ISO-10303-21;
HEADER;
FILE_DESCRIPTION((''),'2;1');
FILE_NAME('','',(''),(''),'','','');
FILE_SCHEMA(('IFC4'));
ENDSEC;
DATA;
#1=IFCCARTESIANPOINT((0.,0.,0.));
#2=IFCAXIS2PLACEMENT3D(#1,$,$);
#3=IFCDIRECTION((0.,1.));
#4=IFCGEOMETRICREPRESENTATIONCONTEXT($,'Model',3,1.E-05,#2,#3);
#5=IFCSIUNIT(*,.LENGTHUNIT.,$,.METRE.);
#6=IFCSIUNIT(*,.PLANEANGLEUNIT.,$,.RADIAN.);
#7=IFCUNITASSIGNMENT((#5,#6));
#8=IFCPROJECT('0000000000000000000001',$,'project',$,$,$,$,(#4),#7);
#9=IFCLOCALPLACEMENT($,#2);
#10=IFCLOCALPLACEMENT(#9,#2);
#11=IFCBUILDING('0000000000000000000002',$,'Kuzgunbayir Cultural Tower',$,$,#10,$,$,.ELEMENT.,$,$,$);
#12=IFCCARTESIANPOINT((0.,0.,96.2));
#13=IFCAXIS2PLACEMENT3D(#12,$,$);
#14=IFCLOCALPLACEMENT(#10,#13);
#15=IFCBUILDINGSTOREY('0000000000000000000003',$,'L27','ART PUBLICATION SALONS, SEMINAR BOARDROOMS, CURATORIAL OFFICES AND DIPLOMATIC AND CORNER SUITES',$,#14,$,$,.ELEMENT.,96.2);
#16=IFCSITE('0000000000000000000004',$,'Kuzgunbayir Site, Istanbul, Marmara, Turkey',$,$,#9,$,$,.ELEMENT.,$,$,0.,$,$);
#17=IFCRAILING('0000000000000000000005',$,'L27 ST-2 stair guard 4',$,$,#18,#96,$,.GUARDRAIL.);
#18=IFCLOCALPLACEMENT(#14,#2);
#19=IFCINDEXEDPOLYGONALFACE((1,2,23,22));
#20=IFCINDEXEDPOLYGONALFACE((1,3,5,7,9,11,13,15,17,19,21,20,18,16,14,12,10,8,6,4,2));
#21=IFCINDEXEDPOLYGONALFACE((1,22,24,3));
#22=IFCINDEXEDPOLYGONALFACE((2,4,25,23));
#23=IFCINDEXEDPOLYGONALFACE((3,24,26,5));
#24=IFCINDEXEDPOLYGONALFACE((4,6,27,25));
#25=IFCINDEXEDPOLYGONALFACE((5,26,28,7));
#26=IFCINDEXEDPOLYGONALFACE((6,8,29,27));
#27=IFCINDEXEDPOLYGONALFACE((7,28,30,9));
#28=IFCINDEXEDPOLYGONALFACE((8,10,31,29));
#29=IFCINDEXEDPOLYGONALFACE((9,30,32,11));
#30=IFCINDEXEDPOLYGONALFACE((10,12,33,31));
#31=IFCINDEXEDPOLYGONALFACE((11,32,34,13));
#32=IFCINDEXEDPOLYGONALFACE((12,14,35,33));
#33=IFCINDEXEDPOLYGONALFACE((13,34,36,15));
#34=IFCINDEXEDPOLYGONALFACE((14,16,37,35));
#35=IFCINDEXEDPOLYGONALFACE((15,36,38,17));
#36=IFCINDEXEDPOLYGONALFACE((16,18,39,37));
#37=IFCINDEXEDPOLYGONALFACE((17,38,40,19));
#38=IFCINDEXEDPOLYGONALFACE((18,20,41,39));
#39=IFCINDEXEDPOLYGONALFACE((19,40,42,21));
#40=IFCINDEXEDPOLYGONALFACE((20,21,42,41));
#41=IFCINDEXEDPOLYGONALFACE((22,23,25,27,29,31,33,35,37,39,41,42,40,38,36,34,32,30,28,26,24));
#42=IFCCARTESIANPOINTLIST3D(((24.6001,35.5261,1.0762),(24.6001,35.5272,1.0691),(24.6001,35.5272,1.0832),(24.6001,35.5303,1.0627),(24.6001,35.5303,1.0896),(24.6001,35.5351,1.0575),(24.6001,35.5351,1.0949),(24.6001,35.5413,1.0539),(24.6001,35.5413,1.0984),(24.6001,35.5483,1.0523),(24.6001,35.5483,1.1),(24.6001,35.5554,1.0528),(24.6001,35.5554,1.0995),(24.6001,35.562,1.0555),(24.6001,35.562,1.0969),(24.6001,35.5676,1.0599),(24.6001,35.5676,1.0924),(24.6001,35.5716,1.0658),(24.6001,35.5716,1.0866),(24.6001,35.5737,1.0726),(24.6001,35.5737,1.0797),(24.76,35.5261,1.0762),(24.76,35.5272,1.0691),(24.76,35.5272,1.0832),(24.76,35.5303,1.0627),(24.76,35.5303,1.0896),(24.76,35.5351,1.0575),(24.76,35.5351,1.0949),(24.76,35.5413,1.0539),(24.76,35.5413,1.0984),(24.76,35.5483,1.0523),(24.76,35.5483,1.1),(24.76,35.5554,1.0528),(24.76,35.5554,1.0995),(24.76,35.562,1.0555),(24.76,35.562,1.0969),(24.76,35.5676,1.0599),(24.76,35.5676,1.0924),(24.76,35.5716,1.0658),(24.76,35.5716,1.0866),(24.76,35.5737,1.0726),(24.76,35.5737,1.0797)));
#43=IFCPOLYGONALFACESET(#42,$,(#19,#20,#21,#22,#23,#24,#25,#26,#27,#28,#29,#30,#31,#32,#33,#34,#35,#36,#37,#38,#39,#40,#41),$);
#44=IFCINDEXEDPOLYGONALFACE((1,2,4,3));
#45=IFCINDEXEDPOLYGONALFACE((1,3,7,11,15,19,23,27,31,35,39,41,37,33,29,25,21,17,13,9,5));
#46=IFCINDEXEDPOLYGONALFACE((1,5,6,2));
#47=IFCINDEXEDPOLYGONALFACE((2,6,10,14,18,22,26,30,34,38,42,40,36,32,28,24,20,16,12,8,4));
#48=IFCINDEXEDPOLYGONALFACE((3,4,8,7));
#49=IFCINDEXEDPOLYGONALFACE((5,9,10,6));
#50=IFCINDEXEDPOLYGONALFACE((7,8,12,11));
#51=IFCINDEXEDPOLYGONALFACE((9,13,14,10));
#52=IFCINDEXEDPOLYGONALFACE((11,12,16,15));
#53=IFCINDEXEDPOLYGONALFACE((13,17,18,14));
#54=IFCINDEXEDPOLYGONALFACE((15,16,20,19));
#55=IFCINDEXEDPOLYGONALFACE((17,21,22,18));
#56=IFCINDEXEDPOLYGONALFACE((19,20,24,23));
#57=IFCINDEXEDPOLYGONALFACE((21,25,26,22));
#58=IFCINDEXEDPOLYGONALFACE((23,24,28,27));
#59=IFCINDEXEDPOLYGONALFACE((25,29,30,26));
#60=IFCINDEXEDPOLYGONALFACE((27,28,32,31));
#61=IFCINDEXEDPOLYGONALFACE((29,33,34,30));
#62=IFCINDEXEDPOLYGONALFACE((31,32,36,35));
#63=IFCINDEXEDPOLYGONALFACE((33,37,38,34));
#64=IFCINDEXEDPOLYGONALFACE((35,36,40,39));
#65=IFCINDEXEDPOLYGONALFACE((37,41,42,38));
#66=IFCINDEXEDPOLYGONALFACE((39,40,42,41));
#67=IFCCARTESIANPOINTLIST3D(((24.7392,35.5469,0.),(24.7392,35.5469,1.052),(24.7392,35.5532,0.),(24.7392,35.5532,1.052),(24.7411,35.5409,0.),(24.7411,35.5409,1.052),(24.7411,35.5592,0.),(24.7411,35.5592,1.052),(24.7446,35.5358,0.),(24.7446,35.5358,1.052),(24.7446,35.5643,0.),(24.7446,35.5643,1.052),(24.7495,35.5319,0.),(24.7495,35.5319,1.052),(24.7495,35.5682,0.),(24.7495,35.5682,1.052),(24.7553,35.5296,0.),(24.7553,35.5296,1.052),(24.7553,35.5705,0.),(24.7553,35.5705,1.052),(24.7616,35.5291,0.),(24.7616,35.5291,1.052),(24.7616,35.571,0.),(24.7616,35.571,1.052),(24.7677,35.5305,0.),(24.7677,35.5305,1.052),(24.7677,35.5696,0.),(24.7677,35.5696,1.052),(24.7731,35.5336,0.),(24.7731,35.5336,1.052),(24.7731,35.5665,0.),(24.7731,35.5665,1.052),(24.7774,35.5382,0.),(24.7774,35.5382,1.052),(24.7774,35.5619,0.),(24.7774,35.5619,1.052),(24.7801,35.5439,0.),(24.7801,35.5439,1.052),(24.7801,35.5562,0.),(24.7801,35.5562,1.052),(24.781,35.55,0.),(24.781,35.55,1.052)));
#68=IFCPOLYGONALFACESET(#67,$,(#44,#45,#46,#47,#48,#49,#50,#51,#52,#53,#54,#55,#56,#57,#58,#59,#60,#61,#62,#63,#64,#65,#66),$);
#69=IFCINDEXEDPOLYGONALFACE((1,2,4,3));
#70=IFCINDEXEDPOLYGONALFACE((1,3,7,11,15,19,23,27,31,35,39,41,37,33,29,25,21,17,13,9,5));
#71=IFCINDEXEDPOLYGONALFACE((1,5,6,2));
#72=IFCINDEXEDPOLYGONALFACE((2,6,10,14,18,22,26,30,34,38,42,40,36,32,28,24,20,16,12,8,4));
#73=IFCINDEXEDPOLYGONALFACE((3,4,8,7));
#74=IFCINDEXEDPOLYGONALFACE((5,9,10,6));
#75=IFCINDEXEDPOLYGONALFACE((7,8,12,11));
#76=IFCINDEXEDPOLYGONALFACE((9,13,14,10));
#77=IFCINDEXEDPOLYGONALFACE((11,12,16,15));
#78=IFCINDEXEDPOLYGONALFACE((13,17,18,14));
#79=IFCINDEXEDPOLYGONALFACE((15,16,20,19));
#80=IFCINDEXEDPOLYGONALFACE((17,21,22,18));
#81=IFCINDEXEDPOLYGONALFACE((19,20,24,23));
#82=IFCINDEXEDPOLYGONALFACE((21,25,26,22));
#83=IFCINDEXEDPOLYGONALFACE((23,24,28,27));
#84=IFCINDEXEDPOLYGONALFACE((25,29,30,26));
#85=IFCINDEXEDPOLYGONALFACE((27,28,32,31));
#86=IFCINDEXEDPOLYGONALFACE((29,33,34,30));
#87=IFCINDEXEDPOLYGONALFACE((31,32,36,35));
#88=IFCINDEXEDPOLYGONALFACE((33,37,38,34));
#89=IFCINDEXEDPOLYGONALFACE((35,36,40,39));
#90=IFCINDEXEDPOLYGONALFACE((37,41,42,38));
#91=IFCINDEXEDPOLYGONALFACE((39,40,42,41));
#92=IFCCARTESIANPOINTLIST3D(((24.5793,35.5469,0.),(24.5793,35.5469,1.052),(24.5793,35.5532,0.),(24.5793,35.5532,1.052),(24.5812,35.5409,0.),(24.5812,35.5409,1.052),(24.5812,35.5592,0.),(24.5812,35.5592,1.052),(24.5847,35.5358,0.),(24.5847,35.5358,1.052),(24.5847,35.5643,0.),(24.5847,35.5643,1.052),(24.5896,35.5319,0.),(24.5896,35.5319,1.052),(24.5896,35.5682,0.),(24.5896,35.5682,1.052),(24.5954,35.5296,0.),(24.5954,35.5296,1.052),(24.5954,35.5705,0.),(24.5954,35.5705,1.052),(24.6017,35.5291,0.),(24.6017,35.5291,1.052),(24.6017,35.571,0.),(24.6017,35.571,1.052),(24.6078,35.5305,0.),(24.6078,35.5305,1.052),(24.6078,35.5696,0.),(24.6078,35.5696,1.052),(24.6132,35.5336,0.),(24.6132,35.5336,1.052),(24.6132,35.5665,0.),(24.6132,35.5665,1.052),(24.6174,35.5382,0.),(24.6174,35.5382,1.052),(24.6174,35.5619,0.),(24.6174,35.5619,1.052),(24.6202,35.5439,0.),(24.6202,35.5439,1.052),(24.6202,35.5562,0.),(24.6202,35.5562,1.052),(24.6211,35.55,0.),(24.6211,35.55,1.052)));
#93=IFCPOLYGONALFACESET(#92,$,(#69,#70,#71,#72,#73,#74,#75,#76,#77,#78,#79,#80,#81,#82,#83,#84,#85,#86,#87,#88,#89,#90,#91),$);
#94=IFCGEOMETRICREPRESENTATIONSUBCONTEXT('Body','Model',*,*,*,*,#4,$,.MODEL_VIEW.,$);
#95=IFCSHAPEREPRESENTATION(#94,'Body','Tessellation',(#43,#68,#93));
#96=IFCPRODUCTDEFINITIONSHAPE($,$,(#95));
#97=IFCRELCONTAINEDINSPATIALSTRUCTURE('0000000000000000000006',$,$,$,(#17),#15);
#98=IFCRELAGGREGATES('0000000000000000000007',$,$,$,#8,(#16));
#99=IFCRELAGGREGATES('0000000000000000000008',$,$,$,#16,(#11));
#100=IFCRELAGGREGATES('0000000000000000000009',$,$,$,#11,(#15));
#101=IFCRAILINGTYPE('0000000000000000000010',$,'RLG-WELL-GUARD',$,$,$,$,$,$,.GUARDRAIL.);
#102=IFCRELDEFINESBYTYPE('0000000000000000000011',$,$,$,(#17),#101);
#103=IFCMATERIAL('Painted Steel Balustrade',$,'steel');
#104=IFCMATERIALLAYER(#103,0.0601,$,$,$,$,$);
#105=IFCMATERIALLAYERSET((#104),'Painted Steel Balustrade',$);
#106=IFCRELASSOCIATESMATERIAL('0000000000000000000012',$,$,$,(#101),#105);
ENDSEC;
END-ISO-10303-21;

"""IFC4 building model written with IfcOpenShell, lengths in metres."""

from ifc_helpers import new_model, si_unit, direction, frame, origin, origin_2d, place, context, subcontext, project, spatial, circle, extrude, material, layer, layer_set, type_object, element, save


model = new_model("IFC4")

# Units and contexts
model_context = context("Model", 3, precision=1e-05, world=origin(), true_north=direction((0.0, 1.0)))
body_context = subcontext(model_context, "Body", "Model", "MODEL_VIEW")
ifc_project = project(units=[si_unit("LENGTHUNIT", "METRE"), si_unit("PLANEANGLEUNIT", "RADIAN")], contexts=[model_context])

# Site, building, storey
site_placement = place(None, origin())
site = spatial("IfcSite", under=ifc_project, at=site_placement, Name="Kuzgunbayir Site, Istanbul, Marmara, Turkey", CompositionType="ELEMENT", RefElevation=0.0)
building_placement = place(site_placement, origin())
building = spatial("IfcBuilding", under=site, at=building_placement, Name="Kuzgunbayir Cultural Tower", CompositionType="ELEMENT")
storey_placement = place(building_placement, frame((0.0, 0.0, 96.2)))
storey = spatial("IfcBuildingStorey", under=building, at=storey_placement, Name="L27", Description="ART PUBLICATION SALONS, SEMINAR BOARDROOMS, CURATORIAL OFFICES AND DIPLOMATIC AND CORNER SUITES", CompositionType="ELEMENT", Elevation=96.2)

# Railing
ifc_material_1 = material(Name="Painted Steel Balustrade", Category="steel")
ifc_layer_1 = layer(ifc_material_1, 0.0601)
ifc_layer_set_1 = layer_set([ifc_layer_1], Name="Painted Steel Balustrade")
railing_type_1 = type_object("IfcRailingType", Name="RLG-WELL-GUARD", PredefinedType="GUARDRAIL", material=ifc_layer_set_1)
railing_1_placement = place(storey_placement, frame((24.76, 35.55, 0.0)))
element("IfcRailing", 1, at=railing_1_placement, inside=storey, type_object=railing_type_1, Name="L27 ST-2 stair guard 4", PredefinedType="GUARDRAIL", context=body_context, shape_type="SweptSolid", body=[
    extrude(circle(Radius=0.0239, at=origin_2d()), frame((0.0, 0.0, 1.0762), z_axis=(-1.0, 0.0, 0.0), x_axis=(0.0, -1.0, 0.0)), (0.0, 0.0, 1.0), 0.1599),
    extrude(circle(Radius=0.021, at=origin_2d()), origin(), (0.0, 0.0, 1.0), 1.052),
    extrude(circle(Radius=0.021, at=origin_2d()), frame((-0.1599, 0.0, 0.0)), (0.0, 0.0, 1.0), 1.052),
])

save(model, "model.ifc")
